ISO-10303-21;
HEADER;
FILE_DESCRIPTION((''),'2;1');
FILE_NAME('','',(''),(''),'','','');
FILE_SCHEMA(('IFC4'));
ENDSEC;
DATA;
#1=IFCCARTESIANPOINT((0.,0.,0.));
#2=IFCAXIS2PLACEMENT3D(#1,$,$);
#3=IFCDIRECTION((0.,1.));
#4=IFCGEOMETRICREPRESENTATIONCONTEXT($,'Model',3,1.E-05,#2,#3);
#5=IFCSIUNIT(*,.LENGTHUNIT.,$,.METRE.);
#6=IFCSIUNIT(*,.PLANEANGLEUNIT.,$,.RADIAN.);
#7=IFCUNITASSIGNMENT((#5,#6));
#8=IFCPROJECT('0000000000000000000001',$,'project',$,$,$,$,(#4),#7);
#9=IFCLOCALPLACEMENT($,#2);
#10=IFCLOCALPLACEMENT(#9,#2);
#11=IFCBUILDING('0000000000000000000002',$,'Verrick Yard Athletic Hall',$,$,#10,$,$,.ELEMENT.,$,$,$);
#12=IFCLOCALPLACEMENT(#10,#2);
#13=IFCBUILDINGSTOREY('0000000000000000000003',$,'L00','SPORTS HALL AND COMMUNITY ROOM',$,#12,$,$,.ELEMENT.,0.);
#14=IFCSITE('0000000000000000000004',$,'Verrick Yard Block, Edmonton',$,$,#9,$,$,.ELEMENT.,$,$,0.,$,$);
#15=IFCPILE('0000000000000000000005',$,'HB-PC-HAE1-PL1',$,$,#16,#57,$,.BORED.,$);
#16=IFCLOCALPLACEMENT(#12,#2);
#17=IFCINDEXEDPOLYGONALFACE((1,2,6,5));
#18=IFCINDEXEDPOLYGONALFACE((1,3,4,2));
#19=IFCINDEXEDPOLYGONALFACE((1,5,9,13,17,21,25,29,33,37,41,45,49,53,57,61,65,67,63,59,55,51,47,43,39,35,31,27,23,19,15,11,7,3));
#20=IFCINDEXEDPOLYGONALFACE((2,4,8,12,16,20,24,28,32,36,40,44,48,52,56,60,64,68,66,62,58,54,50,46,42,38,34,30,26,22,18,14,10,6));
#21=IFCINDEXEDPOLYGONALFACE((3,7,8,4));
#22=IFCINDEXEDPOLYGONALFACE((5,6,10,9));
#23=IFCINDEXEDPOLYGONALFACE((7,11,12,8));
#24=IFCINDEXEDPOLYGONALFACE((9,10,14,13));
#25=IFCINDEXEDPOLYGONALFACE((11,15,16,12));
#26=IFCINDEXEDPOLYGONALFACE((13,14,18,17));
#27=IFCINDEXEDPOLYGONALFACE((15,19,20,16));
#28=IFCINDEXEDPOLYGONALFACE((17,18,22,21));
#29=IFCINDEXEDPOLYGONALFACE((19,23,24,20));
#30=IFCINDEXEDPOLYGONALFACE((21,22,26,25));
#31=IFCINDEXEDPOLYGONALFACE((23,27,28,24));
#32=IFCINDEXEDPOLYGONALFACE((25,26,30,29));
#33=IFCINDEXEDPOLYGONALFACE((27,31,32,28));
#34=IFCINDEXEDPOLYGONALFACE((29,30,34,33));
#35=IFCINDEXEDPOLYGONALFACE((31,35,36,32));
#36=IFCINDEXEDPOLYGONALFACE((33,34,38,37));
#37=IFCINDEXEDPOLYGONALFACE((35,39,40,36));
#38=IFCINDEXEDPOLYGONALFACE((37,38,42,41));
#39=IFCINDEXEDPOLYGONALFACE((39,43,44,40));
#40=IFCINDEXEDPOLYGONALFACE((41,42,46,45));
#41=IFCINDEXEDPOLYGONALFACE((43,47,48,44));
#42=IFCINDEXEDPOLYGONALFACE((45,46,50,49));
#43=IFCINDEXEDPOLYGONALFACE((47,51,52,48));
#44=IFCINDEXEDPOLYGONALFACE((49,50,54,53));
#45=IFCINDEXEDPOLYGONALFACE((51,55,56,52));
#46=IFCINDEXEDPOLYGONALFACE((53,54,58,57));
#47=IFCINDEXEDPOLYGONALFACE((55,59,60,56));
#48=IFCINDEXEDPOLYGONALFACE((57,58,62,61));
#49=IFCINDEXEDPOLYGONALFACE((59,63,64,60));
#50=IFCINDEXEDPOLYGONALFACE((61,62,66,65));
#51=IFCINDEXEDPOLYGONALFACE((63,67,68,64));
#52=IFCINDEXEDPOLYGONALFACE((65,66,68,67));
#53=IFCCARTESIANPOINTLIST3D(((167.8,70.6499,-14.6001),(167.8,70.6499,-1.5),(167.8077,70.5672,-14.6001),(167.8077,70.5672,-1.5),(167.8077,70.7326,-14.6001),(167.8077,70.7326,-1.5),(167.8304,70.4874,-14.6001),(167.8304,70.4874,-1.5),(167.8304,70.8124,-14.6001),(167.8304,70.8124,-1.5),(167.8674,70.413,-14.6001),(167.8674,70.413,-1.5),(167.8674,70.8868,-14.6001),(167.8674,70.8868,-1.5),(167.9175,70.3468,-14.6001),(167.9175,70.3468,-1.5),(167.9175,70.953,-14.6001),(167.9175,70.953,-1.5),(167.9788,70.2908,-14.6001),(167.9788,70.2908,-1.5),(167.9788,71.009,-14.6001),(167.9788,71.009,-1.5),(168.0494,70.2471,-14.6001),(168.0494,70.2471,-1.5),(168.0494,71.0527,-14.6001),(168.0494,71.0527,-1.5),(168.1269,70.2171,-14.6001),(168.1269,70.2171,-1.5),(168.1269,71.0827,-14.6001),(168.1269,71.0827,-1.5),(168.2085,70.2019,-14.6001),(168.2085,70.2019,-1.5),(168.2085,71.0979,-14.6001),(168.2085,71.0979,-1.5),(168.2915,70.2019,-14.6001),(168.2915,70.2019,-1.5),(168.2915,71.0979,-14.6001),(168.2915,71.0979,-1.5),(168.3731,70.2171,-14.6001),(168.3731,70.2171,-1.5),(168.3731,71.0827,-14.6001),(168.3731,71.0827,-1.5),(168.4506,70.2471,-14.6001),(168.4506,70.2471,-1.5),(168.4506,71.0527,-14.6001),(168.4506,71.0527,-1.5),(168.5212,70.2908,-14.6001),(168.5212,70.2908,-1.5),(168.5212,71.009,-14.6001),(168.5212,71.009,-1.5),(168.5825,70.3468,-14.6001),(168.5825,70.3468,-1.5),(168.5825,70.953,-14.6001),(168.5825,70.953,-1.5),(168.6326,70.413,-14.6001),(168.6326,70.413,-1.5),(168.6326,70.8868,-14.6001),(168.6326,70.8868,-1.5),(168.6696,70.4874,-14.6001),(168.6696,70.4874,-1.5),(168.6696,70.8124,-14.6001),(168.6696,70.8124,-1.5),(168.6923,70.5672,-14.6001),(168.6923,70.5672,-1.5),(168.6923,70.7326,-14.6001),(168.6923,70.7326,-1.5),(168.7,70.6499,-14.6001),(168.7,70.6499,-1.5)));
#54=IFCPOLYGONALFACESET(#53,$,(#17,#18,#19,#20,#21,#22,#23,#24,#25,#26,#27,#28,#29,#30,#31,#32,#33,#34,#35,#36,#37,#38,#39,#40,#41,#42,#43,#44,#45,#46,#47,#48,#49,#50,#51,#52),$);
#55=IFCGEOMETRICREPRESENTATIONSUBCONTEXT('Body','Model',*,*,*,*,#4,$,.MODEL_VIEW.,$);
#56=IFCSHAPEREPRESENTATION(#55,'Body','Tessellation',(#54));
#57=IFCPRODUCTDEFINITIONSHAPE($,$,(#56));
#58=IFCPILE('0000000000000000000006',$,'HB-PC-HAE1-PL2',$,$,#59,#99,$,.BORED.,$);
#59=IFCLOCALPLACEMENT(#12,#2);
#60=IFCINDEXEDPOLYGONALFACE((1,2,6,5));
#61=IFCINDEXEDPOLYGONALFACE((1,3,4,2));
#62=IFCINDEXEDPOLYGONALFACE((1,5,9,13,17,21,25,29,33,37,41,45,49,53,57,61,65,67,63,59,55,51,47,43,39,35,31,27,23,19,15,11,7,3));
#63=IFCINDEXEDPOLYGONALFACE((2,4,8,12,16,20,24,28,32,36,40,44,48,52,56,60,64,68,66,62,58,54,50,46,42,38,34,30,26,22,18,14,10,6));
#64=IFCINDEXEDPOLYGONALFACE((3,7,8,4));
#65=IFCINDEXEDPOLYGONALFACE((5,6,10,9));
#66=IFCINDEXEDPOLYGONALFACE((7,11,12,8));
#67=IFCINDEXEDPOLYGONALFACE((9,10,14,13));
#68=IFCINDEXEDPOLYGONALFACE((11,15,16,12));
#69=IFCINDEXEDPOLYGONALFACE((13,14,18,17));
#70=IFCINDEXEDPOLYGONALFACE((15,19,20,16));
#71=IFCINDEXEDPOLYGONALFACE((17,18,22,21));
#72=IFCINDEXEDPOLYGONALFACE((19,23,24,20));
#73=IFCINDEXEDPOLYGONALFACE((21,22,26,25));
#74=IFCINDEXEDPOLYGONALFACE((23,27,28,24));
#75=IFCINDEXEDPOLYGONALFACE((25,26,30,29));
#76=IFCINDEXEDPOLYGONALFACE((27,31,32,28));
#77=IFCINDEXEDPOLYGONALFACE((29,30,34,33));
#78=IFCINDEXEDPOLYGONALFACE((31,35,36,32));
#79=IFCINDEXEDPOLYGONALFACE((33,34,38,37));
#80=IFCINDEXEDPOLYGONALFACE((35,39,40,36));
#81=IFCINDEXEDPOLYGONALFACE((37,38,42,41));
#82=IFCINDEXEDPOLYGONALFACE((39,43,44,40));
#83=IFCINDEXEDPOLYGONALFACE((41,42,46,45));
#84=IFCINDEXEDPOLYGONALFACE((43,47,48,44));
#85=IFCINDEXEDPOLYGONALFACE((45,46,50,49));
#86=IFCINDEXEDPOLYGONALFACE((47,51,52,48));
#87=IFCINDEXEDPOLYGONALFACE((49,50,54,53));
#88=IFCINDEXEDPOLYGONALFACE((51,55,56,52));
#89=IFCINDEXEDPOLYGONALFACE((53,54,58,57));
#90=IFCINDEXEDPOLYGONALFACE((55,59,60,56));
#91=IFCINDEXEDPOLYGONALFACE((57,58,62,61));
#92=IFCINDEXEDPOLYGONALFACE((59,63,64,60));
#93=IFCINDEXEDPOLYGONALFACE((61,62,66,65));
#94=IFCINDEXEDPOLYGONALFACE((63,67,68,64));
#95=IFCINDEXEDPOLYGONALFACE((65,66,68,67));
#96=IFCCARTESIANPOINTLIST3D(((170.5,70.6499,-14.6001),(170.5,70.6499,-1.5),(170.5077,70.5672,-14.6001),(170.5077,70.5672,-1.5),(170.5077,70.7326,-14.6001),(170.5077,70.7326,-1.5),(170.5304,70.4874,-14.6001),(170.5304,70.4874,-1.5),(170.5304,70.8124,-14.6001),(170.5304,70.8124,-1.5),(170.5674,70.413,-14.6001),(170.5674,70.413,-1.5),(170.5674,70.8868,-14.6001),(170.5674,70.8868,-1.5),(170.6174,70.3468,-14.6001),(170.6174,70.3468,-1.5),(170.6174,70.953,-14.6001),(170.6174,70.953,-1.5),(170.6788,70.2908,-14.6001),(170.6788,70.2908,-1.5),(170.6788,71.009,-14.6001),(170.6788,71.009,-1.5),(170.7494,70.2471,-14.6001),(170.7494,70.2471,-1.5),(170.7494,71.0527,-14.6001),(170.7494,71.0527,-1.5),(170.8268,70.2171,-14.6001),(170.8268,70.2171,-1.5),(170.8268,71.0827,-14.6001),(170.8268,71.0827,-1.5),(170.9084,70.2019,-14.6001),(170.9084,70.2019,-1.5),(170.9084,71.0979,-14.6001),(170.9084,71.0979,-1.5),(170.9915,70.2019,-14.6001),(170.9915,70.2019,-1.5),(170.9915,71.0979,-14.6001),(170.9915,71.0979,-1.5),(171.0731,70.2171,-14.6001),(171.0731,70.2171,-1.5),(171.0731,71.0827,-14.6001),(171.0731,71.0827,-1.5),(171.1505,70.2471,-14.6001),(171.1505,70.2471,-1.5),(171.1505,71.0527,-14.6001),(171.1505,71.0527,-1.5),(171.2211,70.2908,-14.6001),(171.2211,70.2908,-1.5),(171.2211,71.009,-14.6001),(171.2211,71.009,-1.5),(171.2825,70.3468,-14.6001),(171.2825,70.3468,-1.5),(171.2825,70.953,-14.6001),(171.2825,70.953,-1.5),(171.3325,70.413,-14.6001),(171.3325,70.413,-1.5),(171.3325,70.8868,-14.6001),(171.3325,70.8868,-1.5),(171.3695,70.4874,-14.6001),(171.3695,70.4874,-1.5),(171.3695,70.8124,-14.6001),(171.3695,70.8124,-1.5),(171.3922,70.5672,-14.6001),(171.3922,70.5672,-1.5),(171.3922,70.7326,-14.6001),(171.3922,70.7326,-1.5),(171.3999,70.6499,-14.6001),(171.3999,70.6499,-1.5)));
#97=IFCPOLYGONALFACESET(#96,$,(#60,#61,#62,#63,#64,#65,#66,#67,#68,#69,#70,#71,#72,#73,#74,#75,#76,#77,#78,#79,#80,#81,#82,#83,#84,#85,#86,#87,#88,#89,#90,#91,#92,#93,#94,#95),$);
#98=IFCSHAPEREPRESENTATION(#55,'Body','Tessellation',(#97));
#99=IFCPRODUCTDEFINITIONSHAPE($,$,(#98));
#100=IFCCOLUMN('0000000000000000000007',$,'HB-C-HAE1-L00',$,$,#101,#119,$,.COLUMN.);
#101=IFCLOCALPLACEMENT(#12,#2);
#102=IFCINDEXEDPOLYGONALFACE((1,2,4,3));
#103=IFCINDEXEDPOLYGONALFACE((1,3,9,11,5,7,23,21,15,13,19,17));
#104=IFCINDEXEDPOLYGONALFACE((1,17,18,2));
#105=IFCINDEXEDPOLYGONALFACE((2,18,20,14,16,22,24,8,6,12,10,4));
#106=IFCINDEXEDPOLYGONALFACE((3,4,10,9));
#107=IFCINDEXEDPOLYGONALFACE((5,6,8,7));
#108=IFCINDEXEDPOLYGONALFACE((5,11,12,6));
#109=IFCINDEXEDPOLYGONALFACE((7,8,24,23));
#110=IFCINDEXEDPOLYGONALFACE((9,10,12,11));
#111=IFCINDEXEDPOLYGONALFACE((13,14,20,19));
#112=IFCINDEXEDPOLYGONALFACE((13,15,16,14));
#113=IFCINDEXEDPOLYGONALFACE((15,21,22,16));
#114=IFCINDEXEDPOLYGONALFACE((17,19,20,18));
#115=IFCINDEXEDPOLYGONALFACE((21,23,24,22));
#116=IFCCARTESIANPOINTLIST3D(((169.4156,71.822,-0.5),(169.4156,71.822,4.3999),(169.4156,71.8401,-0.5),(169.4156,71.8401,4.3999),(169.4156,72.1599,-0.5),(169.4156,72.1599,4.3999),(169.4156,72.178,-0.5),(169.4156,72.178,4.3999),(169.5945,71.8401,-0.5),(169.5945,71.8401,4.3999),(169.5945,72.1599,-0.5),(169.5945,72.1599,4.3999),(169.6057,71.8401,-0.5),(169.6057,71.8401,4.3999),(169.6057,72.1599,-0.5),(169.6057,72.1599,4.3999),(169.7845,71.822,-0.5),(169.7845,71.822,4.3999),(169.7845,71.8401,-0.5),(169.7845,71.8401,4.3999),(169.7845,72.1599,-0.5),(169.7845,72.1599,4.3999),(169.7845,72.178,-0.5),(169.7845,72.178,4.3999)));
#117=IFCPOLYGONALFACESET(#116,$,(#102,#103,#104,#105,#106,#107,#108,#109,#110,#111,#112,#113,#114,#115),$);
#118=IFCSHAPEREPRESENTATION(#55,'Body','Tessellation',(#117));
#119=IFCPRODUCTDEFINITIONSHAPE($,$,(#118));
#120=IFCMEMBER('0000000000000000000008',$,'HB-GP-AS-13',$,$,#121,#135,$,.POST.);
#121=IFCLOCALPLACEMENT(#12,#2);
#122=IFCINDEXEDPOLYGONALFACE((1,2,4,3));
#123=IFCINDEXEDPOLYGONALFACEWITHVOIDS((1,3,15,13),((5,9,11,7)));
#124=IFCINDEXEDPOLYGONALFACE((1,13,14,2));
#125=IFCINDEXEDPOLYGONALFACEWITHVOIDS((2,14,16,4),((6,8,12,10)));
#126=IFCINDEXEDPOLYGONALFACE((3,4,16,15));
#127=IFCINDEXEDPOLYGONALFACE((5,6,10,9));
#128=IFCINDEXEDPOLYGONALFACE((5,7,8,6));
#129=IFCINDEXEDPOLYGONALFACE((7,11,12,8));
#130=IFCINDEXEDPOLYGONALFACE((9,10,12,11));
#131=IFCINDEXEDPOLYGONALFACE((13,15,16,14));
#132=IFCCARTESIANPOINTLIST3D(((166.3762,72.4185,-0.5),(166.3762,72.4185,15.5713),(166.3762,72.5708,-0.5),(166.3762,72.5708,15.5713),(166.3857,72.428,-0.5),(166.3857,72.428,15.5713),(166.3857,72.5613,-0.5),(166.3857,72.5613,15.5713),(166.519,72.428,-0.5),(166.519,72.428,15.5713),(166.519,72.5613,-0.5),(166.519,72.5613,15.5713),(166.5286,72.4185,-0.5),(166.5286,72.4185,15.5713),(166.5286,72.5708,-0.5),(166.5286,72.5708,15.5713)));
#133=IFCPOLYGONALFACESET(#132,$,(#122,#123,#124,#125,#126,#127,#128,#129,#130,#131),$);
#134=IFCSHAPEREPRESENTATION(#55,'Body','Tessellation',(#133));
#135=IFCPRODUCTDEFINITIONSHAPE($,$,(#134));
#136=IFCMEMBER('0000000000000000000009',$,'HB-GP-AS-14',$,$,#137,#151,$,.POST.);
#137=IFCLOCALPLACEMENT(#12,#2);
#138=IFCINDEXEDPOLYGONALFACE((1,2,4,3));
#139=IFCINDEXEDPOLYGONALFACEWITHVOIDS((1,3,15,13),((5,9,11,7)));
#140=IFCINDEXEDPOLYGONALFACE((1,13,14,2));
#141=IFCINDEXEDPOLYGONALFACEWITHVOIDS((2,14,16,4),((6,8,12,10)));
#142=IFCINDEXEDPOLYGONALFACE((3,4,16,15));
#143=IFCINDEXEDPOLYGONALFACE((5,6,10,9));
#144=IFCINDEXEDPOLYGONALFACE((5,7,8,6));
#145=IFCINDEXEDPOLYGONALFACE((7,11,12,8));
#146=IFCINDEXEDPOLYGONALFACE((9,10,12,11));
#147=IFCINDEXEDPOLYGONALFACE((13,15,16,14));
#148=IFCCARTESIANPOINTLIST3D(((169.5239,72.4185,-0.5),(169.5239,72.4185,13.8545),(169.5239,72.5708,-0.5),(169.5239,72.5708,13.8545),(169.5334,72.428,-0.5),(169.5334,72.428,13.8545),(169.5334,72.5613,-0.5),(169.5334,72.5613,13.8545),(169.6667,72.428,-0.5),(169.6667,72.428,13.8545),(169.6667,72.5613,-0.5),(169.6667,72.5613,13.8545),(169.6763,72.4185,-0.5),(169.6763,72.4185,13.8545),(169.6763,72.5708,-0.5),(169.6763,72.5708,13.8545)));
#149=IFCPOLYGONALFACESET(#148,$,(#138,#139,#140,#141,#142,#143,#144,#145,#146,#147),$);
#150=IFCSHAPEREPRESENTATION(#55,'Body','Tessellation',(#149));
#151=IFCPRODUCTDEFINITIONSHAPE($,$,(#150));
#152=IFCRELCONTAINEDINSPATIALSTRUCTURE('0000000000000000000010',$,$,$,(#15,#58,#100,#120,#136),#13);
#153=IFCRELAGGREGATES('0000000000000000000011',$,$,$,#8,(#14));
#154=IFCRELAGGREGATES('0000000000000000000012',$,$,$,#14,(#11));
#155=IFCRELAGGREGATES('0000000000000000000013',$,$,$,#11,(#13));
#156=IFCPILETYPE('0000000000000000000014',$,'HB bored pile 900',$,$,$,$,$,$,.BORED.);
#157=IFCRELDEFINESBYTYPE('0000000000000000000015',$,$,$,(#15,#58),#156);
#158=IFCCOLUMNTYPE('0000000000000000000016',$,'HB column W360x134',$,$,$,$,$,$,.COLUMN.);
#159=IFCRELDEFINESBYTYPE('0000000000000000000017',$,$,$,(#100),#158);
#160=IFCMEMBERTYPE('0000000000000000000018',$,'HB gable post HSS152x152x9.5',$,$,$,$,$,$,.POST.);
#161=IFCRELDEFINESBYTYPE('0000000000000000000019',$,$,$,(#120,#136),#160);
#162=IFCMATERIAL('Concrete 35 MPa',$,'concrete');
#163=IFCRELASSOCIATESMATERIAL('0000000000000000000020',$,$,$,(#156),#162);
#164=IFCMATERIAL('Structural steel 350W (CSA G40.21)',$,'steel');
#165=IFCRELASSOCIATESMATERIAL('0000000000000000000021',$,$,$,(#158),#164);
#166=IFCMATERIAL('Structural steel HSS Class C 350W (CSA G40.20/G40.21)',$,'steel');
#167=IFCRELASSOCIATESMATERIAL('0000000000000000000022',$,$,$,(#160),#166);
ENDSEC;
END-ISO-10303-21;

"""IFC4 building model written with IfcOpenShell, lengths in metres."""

from ifc_helpers import new_model, si_unit, direction, frame, origin, origin_2d, place, context, subcontext, project, spatial, hollow_rectangle, circle, i_section, extrude, material, material_profile, profile_set, type_object, element, save


model = new_model("IFC4")

# Units and contexts
model_context = context("Model", 3, precision=1e-05, world=origin(), true_north=direction((0.0, 1.0)))
body_context = subcontext(model_context, "Body", "Model", "MODEL_VIEW")
ifc_project = project(units=[si_unit("LENGTHUNIT", "METRE"), si_unit("PLANEANGLEUNIT", "RADIAN")], contexts=[model_context])

# Site, building, storey
site_placement = place(None, origin())
site = spatial("IfcSite", under=ifc_project, at=site_placement, Name="Verrick Yard Block, Edmonton", CompositionType="ELEMENT", RefElevation=0.0)
building_placement = place(site_placement, origin())
building = spatial("IfcBuilding", under=site, at=building_placement, Name="Verrick Yard Athletic Hall", CompositionType="ELEMENT")
storey_placement = place(building_placement, origin())
storey = spatial("IfcBuildingStorey", under=building, at=storey_placement, Name="L00", Description="SPORTS HALL AND COMMUNITY ROOM", CompositionType="ELEMENT", Elevation=0.0)

# Piles
ifc_material_1 = material(Name="Concrete 35 MPa", Category="concrete")
ifc_material_profile_1 = material_profile(ifc_material_1, circle(Radius=0.45, at=origin_2d()), Name="Bored pile 900")
ifc_profile_set_1 = profile_set([ifc_material_profile_1], Name="Concrete 35 MPa")
pile_type = type_object("IfcPileType", Name="HB bored pile 900", PredefinedType="BORED", material=ifc_profile_set_1)
for number, where, z_axis, x_axis, name in (
    (1, (168.25, 70.6499, -1.5), (0.0, 0.0, -1.0), (1.0, 0.0, 0.0), "HB-PC-HAE1-PL1"),
    (2, (170.95, 70.6499, -1.5), (0.0, 0.0, -1.0), (1.0, 0.0, 0.0), "HB-PC-HAE1-PL2"),
):
    element("IfcPile", number, at=place(storey_placement, frame(where, z_axis=z_axis, x_axis=x_axis)), inside=storey, type_object=pile_type, Name=name, PredefinedType="BORED", context=body_context, shape_type="SweptSolid", body=[
        extrude(circle(Radius=0.45, at=origin_2d()), origin(), (0.0, 0.0, 1.0), 13.1001),
    ])

# Column
ifc_material_2 = material(Name="Structural steel 350W (CSA G40.21)", Category="steel")
ifc_material_profile_2 = material_profile(ifc_material_2, i_section(OverallWidth=0.3689, OverallDepth=0.356, WebThickness=0.0112, FlangeThickness=0.0181, at=origin_2d()), Name="W360x134")
ifc_profile_set_2 = profile_set([ifc_material_profile_2], Name="Structural steel 350W (CSA G40.21)")
column_type = type_object("IfcColumnType", Name="HB column W360x134", PredefinedType="COLUMN", material=ifc_profile_set_2)
column_placement = place(storey_placement, frame((169.6001, 72.0, -0.5), z_axis=(0.0, 0.0, 1.0), x_axis=(1.0, 0.0, 0.0)))
element("IfcColumn", 3, at=column_placement, inside=storey, type_object=column_type, Name="HB-C-HAE1-L00", PredefinedType="COLUMN", context=body_context, shape_type="SweptSolid", body=[
    extrude(i_section(OverallWidth=0.3689, OverallDepth=0.356, WebThickness=0.0112, FlangeThickness=0.0181, at=origin_2d()), origin(), (0.0, 0.0, 1.0), 4.8999),
])

# Members
ifc_material_3 = material(Name="Structural steel HSS Class C 350W (CSA G40.20/G40.21)", Category="steel")
ifc_material_profile_3 = material_profile(ifc_material_3, hollow_rectangle(XDim=0.1523, YDim=0.1523, WallThickness=0.0095, at=origin_2d()), Name="HSS152x152x9.5")
ifc_profile_set_3 = profile_set([ifc_material_profile_3], Name="Structural steel HSS Class C 350W (CSA G40.20/G40.21)")
member_type_1 = type_object("IfcMemberType", Name="HB gable post HSS152x152x9.5", PredefinedType="POST", material=ifc_profile_set_3)
member_1_placement = place(storey_placement, frame((166.4524, 72.4946, -0.5), z_axis=(0.0, 0.0, 1.0), x_axis=(1.0, 0.0, 0.0)))
element("IfcMember", 4, at=member_1_placement, inside=storey, type_object=member_type_1, Name="HB-GP-AS-13", PredefinedType="POST", context=body_context, shape_type="SweptSolid", body=[
    extrude(hollow_rectangle(XDim=0.1523, YDim=0.1523, WallThickness=0.0095, at=origin_2d()), origin(), (0.0, 0.0, 1.0), 16.0713),
])
member_2_placement = place(storey_placement, frame((169.6001, 72.4946, -0.5), z_axis=(0.0, 0.0, 1.0), x_axis=(1.0, 0.0, 0.0)))
element("IfcMember", 5, at=member_2_placement, inside=storey, type_object=member_type_1, Name="HB-GP-AS-14", PredefinedType="POST", context=body_context, shape_type="SweptSolid", body=[
    extrude(hollow_rectangle(XDim=0.1523, YDim=0.1523, WallThickness=0.0095, at=origin_2d()), origin(), (0.0, 0.0, 1.0), 14.3545),
])

save(model, "model.ifc")
